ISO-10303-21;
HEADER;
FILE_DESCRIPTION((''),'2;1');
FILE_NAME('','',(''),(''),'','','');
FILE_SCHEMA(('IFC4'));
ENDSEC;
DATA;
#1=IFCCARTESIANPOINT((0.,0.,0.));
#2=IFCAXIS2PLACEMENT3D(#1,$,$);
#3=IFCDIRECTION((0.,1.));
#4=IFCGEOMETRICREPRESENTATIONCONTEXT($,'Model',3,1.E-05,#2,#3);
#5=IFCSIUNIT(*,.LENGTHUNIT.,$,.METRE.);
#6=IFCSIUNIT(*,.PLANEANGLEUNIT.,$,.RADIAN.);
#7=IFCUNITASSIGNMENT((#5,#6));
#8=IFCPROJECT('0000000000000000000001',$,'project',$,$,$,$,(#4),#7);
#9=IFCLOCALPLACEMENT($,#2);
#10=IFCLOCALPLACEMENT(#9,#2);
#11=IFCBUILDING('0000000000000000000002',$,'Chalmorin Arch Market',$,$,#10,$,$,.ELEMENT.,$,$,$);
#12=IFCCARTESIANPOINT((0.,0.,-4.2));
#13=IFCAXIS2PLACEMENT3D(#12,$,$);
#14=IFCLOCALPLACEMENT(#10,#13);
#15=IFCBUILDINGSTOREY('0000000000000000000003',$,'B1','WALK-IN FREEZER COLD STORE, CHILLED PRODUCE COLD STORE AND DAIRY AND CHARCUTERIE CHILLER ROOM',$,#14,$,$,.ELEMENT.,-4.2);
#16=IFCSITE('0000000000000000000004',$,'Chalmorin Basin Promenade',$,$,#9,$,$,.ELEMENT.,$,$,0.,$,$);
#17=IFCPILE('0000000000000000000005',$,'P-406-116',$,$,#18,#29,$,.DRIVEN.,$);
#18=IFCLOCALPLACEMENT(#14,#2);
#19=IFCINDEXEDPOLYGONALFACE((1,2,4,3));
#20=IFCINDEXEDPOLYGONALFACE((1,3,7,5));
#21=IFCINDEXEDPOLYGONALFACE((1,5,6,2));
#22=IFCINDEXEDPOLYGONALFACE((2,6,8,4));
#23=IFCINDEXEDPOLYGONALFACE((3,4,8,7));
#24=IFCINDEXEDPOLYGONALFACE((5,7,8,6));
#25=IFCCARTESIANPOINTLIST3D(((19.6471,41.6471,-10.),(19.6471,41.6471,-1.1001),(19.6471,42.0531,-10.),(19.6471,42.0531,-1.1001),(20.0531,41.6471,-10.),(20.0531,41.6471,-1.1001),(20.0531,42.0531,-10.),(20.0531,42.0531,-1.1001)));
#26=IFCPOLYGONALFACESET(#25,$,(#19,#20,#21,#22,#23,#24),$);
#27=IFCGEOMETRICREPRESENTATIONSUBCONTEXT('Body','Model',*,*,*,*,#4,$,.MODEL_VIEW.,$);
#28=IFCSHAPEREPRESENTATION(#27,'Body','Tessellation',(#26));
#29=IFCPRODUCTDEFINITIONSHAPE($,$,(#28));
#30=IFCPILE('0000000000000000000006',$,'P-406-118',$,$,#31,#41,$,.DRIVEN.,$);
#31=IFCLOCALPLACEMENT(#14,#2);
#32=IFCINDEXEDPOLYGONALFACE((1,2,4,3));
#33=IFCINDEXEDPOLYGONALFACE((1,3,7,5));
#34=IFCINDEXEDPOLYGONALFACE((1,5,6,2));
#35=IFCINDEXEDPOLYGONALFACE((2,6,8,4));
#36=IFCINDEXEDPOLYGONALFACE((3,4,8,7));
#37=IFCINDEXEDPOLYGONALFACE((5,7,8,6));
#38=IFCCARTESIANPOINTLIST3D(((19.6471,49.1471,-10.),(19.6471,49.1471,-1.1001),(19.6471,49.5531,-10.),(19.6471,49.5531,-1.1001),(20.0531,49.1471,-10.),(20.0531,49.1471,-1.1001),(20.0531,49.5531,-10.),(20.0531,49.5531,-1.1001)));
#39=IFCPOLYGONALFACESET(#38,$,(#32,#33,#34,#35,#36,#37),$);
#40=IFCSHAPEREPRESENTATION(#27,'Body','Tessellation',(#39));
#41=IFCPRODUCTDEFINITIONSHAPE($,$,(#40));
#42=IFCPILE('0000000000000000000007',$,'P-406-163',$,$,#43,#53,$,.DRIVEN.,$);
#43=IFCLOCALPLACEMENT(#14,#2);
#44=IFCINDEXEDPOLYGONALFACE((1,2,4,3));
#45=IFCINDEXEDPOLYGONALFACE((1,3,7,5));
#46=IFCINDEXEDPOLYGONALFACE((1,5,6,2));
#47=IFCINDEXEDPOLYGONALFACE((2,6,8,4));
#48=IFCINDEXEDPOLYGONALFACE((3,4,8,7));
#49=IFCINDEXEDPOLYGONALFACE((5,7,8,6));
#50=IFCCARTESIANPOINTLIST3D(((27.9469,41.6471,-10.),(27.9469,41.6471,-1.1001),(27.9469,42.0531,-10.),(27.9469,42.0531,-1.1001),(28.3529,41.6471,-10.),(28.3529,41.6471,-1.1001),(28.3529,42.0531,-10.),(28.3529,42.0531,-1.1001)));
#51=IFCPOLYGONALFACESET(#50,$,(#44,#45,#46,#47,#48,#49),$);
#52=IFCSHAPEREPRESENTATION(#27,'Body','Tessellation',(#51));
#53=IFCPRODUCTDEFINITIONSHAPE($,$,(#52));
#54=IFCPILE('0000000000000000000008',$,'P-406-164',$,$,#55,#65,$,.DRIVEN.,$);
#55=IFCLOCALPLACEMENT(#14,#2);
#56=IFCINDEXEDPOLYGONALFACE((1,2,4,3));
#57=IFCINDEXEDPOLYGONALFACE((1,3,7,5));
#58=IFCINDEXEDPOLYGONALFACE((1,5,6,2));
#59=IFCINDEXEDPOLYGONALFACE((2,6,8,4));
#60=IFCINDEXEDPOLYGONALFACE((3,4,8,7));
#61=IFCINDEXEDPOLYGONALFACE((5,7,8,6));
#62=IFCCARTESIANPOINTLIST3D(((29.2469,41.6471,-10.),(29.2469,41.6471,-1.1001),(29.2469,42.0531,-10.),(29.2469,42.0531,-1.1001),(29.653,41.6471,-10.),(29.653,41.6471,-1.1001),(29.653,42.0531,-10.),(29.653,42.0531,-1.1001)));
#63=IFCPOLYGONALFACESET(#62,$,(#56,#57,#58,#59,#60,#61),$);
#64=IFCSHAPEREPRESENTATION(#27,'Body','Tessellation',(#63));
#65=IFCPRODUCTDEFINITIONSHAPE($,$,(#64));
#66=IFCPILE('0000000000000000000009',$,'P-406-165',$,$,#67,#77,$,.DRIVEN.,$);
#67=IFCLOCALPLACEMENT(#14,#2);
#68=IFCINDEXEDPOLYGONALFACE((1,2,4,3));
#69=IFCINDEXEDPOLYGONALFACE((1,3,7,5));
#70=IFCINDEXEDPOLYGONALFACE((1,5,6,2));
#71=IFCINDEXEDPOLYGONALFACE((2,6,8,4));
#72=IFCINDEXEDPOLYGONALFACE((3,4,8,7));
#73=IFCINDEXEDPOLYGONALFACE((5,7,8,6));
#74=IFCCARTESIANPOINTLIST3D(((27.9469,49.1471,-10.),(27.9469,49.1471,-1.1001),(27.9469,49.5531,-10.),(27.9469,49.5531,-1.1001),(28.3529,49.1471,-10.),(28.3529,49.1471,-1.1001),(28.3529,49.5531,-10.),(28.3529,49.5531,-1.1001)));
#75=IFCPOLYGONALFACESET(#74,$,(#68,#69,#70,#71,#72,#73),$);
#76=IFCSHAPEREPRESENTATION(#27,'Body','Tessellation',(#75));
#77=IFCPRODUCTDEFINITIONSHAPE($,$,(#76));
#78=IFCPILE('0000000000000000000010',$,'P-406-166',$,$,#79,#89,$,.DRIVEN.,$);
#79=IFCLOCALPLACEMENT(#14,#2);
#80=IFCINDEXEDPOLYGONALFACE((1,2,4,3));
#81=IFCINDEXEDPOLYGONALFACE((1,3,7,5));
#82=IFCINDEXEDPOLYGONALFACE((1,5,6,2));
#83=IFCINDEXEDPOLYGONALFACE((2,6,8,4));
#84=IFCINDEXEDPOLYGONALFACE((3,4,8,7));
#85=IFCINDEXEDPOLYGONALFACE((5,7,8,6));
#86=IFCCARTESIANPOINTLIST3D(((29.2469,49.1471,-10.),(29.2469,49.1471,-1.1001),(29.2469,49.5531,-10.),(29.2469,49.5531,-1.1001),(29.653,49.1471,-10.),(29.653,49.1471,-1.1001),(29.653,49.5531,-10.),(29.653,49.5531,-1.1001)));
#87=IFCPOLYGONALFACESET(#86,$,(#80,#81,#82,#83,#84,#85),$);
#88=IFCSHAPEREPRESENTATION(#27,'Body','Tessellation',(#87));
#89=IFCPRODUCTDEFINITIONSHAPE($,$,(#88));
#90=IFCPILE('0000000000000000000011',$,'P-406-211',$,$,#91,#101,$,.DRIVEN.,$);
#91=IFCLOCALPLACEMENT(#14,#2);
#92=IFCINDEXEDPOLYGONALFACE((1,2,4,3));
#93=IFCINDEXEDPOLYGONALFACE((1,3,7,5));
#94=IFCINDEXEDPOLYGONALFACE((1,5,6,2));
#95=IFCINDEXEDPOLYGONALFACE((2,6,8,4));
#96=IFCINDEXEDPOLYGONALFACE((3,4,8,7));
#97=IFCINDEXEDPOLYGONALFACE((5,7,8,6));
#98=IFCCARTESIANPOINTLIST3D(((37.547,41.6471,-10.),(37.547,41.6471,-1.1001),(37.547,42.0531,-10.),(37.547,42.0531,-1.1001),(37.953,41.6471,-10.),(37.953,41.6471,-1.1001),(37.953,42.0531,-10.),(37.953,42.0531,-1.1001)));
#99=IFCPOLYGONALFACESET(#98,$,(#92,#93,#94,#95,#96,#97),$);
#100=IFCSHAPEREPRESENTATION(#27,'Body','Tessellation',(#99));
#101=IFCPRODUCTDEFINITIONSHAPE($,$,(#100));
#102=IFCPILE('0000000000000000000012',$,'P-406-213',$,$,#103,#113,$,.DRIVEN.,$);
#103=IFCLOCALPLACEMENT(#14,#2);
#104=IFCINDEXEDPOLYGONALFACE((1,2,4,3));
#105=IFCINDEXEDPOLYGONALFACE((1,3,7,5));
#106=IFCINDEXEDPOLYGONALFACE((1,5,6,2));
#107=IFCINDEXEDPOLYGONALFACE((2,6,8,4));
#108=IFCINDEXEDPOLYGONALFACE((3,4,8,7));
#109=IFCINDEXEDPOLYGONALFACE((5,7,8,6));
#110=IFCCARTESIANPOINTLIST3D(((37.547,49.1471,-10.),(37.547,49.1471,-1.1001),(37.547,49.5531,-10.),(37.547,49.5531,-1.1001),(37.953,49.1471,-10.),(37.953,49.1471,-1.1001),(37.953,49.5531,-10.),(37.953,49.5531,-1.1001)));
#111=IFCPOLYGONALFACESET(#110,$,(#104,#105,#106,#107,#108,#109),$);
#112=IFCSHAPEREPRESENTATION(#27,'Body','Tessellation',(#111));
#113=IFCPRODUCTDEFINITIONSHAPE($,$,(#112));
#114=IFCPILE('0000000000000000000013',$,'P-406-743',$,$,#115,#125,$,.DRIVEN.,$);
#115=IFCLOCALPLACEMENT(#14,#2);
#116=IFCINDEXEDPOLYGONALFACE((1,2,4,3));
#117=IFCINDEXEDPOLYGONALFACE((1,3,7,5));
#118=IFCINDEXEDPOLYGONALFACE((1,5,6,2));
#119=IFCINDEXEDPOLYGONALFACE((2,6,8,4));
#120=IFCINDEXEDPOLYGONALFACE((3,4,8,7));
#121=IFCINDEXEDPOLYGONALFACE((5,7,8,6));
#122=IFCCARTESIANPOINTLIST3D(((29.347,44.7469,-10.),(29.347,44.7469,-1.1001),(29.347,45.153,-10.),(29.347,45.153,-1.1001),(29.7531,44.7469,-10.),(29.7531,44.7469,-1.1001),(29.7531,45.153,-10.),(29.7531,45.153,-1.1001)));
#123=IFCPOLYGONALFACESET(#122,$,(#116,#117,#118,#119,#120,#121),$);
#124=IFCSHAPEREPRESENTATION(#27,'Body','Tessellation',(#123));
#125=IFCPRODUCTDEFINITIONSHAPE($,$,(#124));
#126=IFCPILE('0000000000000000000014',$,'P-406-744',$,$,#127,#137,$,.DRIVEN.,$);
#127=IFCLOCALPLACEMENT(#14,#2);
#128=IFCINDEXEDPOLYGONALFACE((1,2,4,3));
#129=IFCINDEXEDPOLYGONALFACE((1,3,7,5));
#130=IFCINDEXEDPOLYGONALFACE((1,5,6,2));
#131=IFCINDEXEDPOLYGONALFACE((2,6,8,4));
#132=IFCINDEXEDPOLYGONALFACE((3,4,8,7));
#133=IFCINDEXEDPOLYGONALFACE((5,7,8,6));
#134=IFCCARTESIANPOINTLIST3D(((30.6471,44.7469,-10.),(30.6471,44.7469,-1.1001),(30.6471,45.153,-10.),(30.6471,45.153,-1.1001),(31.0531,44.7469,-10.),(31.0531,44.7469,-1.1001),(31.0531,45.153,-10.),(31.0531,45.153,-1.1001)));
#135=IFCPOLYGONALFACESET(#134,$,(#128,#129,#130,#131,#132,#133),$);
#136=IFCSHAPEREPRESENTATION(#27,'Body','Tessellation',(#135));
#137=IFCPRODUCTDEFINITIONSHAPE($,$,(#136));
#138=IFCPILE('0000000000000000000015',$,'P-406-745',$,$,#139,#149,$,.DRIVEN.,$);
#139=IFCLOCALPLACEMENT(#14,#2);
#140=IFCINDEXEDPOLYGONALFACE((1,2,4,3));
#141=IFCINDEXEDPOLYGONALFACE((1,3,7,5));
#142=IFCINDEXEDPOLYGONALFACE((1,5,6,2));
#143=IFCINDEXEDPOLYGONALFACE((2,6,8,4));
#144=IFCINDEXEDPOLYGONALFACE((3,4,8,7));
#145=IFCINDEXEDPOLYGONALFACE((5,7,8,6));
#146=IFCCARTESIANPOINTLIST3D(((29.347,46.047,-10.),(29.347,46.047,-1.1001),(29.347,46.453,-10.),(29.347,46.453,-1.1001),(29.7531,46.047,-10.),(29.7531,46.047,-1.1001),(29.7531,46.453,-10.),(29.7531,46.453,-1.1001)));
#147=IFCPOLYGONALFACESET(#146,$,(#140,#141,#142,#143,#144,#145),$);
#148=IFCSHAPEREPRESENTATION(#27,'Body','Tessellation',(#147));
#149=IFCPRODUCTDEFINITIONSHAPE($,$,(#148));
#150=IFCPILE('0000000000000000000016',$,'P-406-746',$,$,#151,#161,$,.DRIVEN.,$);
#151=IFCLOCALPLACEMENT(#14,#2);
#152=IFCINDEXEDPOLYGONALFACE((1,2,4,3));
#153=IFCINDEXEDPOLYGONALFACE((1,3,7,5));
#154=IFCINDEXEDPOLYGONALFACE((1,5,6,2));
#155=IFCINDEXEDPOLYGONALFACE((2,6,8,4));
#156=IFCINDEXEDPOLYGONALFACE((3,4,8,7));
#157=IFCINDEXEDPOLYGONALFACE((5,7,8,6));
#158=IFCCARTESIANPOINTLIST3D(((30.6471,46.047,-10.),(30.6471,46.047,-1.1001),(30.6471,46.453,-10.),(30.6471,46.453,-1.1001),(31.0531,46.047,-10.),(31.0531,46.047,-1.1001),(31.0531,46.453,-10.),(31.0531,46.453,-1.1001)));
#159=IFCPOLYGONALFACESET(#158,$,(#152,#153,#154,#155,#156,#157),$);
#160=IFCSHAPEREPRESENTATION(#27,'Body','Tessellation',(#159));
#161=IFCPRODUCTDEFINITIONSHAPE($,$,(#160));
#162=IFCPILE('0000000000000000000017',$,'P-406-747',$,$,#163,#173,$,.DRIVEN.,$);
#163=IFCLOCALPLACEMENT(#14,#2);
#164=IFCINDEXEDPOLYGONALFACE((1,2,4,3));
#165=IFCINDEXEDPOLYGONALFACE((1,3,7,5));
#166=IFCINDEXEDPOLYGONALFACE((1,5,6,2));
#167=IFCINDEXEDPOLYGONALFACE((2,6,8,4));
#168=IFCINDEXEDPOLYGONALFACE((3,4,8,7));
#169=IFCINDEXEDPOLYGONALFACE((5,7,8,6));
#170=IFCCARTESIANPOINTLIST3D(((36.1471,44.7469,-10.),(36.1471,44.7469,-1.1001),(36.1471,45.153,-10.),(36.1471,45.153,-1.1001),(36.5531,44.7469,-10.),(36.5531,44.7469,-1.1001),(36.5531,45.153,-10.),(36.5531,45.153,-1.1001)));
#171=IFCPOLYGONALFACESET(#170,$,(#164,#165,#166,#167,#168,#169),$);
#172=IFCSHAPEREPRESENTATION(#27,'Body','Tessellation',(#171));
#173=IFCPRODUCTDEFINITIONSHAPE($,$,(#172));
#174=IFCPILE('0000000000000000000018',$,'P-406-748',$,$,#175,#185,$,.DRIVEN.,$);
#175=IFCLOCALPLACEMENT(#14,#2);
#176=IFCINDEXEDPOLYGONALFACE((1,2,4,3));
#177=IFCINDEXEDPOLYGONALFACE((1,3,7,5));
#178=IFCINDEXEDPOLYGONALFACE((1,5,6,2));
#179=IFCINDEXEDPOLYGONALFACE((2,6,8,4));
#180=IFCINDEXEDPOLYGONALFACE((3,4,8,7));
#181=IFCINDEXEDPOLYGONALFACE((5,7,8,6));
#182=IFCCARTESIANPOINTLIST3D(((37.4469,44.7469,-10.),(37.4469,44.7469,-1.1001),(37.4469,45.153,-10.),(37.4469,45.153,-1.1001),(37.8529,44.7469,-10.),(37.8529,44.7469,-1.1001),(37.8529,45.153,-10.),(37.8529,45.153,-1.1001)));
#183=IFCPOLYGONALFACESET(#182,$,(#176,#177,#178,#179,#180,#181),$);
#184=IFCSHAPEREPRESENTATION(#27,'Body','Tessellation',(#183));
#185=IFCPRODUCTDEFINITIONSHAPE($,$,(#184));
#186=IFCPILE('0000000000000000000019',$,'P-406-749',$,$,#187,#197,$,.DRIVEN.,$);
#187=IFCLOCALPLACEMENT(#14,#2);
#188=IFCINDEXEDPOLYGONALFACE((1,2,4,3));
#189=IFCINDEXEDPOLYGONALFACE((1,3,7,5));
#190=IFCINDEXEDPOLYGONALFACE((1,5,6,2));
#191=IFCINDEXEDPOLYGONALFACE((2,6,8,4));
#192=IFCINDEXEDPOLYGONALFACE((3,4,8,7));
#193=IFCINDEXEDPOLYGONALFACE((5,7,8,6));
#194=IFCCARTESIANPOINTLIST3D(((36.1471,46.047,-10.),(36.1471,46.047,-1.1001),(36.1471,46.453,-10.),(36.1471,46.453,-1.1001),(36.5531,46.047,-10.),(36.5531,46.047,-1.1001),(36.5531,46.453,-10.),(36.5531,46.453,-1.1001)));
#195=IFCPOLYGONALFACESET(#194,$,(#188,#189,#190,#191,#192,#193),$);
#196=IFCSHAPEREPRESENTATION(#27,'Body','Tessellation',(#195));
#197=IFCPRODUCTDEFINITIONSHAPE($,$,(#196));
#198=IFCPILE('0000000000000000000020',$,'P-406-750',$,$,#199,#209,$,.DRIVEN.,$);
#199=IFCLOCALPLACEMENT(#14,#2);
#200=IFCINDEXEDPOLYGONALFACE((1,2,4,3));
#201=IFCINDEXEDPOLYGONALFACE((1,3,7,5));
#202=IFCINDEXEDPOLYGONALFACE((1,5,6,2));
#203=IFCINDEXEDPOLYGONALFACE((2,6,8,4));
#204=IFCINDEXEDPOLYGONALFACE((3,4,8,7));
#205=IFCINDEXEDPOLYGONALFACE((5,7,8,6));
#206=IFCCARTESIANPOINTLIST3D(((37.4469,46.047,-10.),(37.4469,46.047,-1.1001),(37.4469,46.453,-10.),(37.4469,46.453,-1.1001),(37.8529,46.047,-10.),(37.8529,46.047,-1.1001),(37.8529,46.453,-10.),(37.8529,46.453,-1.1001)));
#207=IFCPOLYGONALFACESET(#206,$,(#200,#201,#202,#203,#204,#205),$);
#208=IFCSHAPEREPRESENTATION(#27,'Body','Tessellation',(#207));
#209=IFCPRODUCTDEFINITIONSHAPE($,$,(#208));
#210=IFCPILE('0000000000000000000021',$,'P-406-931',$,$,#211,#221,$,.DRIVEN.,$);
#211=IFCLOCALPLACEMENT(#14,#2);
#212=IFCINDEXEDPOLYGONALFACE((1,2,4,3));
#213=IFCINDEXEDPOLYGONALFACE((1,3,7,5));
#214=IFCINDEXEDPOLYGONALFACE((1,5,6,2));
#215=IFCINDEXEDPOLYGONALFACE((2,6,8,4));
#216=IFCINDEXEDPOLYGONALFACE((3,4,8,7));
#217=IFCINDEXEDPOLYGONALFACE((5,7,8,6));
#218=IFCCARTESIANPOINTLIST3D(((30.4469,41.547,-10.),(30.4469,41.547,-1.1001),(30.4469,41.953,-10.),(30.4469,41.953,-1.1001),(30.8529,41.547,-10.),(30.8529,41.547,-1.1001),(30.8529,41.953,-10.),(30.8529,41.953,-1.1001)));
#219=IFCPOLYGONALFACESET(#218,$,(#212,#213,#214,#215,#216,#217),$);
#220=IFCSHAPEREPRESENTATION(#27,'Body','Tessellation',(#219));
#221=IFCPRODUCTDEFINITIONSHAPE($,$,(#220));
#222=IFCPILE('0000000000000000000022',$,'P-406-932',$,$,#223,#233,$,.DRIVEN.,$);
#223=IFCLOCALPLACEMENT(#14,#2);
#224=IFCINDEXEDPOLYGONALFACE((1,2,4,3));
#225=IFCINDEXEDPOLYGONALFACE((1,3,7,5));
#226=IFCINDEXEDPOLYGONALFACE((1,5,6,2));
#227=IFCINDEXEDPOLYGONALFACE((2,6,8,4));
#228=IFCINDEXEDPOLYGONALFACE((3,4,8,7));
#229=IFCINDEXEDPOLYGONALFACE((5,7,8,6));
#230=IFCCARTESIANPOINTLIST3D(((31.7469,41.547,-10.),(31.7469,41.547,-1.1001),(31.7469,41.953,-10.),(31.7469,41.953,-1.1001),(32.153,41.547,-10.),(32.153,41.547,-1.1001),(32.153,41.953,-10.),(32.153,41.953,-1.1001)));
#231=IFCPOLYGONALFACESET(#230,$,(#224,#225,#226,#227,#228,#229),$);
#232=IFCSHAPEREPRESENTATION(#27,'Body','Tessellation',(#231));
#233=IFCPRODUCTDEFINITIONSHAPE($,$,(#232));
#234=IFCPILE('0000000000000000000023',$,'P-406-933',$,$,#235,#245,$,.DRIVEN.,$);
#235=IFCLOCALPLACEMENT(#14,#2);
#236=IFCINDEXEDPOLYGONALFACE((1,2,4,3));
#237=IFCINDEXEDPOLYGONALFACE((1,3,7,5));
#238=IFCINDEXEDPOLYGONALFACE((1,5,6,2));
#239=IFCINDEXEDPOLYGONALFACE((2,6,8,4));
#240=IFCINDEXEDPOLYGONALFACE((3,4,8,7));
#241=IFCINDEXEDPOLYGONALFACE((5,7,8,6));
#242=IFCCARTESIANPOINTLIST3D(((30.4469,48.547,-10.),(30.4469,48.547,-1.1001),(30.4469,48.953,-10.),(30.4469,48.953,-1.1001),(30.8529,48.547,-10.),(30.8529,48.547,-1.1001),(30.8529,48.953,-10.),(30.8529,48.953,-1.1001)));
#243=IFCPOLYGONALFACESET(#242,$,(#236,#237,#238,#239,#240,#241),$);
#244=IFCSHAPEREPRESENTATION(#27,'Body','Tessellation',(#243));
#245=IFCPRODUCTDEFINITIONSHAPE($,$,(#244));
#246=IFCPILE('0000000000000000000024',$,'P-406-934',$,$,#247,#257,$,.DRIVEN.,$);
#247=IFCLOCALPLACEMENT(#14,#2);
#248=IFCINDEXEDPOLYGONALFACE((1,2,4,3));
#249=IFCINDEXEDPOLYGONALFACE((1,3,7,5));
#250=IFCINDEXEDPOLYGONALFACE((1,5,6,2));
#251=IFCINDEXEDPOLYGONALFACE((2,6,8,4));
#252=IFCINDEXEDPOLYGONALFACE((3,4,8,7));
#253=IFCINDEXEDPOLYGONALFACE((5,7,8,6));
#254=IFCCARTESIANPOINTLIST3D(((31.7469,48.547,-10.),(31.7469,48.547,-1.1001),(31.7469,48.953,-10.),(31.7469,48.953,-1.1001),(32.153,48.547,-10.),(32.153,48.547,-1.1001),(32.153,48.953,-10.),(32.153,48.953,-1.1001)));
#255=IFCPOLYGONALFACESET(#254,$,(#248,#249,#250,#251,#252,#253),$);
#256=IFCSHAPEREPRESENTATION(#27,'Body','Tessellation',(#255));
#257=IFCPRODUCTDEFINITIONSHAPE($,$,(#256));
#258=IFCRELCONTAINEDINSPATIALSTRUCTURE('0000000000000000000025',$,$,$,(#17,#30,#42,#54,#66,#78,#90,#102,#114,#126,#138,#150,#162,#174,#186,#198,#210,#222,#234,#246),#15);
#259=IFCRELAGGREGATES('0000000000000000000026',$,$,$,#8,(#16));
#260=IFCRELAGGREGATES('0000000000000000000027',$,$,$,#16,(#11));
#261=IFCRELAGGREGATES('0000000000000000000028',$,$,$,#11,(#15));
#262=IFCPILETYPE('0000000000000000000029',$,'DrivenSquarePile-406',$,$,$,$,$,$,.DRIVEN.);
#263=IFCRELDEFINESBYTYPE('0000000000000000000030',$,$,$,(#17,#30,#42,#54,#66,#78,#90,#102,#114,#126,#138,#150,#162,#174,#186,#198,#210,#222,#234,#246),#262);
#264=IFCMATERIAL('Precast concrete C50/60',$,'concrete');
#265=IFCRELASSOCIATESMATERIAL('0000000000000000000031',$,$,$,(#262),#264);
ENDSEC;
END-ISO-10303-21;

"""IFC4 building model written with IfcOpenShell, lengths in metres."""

from ifc_helpers import new_model, si_unit, direction, frame, origin, origin_2d, place, context, subcontext, project, spatial, rectangle, extrude, material, material_profile, profile_set, type_object, element, save


model = new_model("IFC4")

# Units and contexts
model_context = context("Model", 3, precision=1e-05, world=origin(), true_north=direction((0.0, 1.0)))
body_context = subcontext(model_context, "Body", "Model", "MODEL_VIEW")
ifc_project = project(units=[si_unit("LENGTHUNIT", "METRE"), si_unit("PLANEANGLEUNIT", "RADIAN")], contexts=[model_context])

# Site, building, storey
site_placement = place(None, origin())
site = spatial("IfcSite", under=ifc_project, at=site_placement, Name="Chalmorin Basin Promenade", CompositionType="ELEMENT", RefElevation=0.0)
building_placement = place(site_placement, origin())
building = spatial("IfcBuilding", under=site, at=building_placement, Name="Chalmorin Arch Market", CompositionType="ELEMENT")
storey_placement = place(building_placement, frame((0.0, 0.0, -4.2)))
storey = spatial("IfcBuildingStorey", under=building, at=storey_placement, Name="B1", Description="WALK-IN FREEZER COLD STORE, CHILLED PRODUCE COLD STORE AND DAIRY AND CHARCUTERIE CHILLER ROOM", CompositionType="ELEMENT", Elevation=-4.2)

# Piles
ifc_material_1 = material(Name="Precast concrete C50/60", Category="concrete")
ifc_material_profile_1 = material_profile(ifc_material_1, rectangle(XDim=0.406, YDim=0.406, at=origin_2d()), Name="PPC406")
ifc_profile_set_1 = profile_set([ifc_material_profile_1], Name="Precast concrete C50/60")
pile_type = type_object("IfcPileType", Name="DrivenSquarePile-406", PredefinedType="DRIVEN", material=ifc_profile_set_1)
for number, where, z_axis, x_axis, name in (
    (1, (19.8501, 41.8501, -1.1001), (0.0, 0.0, -1.0), (1.0, 0.0, 0.0), "P-406-116"),
    (2, (19.8501, 49.3501, -1.1001), (0.0, 0.0, -1.0), (1.0, 0.0, 0.0), "P-406-118"),
    (3, (28.1499, 41.8501, -1.1001), (0.0, 0.0, -1.0), (1.0, 0.0, 0.0), "P-406-163"),
    (4, (29.45, 41.8501, -1.1001), (0.0, 0.0, -1.0), (1.0, 0.0, 0.0), "P-406-164"),
    (5, (28.1499, 49.3501, -1.1001), (0.0, 0.0, -1.0), (1.0, 0.0, 0.0), "P-406-165"),
    (6, (29.45, 49.3501, -1.1001), (0.0, 0.0, -1.0), (1.0, 0.0, 0.0), "P-406-166"),
    (7, (37.75, 41.8501, -1.1001), (0.0, 0.0, -1.0), (1.0, 0.0, 0.0), "P-406-211"),
    (8, (37.75, 49.3501, -1.1001), (0.0, 0.0, -1.0), (1.0, 0.0, 0.0), "P-406-213"),
    (9, (29.55, 44.95, -1.1001), (0.0, 0.0, -1.0), (1.0, 0.0, 0.0), "P-406-743"),
    (10, (30.8501, 44.95, -1.1001), (0.0, 0.0, -1.0), (1.0, 0.0, 0.0), "P-406-744"),
    (11, (29.55, 46.25, -1.1001), (0.0, 0.0, -1.0), (1.0, 0.0, 0.0), "P-406-745"),
    (12, (30.8501, 46.25, -1.1001), (0.0, 0.0, -1.0), (1.0, 0.0, 0.0), "P-406-746"),
    (13, (36.3501, 44.95, -1.1001), (0.0, 0.0, -1.0), (1.0, 0.0, 0.0), "P-406-747"),
    (14, (37.6499, 44.95, -1.1001), (0.0, 0.0, -1.0), (1.0, 0.0, 0.0), "P-406-748"),
    (15, (36.3501, 46.25, -1.1001), (0.0, 0.0, -1.0), (1.0, 0.0, 0.0), "P-406-749"),
    (16, (37.6499, 46.25, -1.1001), (0.0, 0.0, -1.0), (1.0, 0.0, 0.0), "P-406-750"),
    (17, (30.6499, 41.75, -1.1001), (0.0, 0.0, -1.0), (1.0, 0.0, 0.0), "P-406-931"),
    (18, (31.95, 41.75, -1.1001), (0.0, 0.0, -1.0), (1.0, 0.0, 0.0), "P-406-932"),
    (19, (30.6499, 48.75, -1.1001), (0.0, 0.0, -1.0), (1.0, 0.0, 0.0), "P-406-933"),
    (20, (31.95, 48.75, -1.1001), (0.0, 0.0, -1.0), (1.0, 0.0, 0.0), "P-406-934"),
):
    element("IfcPile", number, at=place(storey_placement, frame(where, z_axis=z_axis, x_axis=x_axis)), inside=storey, type_object=pile_type, Name=name, PredefinedType="DRIVEN", context=body_context, shape_type="SweptSolid", body=[
        extrude(rectangle(XDim=0.406, YDim=0.406, at=origin_2d()), origin(), (0.0, 0.0, 1.0), 8.8999),
    ])

save(model, "model.ifc")
